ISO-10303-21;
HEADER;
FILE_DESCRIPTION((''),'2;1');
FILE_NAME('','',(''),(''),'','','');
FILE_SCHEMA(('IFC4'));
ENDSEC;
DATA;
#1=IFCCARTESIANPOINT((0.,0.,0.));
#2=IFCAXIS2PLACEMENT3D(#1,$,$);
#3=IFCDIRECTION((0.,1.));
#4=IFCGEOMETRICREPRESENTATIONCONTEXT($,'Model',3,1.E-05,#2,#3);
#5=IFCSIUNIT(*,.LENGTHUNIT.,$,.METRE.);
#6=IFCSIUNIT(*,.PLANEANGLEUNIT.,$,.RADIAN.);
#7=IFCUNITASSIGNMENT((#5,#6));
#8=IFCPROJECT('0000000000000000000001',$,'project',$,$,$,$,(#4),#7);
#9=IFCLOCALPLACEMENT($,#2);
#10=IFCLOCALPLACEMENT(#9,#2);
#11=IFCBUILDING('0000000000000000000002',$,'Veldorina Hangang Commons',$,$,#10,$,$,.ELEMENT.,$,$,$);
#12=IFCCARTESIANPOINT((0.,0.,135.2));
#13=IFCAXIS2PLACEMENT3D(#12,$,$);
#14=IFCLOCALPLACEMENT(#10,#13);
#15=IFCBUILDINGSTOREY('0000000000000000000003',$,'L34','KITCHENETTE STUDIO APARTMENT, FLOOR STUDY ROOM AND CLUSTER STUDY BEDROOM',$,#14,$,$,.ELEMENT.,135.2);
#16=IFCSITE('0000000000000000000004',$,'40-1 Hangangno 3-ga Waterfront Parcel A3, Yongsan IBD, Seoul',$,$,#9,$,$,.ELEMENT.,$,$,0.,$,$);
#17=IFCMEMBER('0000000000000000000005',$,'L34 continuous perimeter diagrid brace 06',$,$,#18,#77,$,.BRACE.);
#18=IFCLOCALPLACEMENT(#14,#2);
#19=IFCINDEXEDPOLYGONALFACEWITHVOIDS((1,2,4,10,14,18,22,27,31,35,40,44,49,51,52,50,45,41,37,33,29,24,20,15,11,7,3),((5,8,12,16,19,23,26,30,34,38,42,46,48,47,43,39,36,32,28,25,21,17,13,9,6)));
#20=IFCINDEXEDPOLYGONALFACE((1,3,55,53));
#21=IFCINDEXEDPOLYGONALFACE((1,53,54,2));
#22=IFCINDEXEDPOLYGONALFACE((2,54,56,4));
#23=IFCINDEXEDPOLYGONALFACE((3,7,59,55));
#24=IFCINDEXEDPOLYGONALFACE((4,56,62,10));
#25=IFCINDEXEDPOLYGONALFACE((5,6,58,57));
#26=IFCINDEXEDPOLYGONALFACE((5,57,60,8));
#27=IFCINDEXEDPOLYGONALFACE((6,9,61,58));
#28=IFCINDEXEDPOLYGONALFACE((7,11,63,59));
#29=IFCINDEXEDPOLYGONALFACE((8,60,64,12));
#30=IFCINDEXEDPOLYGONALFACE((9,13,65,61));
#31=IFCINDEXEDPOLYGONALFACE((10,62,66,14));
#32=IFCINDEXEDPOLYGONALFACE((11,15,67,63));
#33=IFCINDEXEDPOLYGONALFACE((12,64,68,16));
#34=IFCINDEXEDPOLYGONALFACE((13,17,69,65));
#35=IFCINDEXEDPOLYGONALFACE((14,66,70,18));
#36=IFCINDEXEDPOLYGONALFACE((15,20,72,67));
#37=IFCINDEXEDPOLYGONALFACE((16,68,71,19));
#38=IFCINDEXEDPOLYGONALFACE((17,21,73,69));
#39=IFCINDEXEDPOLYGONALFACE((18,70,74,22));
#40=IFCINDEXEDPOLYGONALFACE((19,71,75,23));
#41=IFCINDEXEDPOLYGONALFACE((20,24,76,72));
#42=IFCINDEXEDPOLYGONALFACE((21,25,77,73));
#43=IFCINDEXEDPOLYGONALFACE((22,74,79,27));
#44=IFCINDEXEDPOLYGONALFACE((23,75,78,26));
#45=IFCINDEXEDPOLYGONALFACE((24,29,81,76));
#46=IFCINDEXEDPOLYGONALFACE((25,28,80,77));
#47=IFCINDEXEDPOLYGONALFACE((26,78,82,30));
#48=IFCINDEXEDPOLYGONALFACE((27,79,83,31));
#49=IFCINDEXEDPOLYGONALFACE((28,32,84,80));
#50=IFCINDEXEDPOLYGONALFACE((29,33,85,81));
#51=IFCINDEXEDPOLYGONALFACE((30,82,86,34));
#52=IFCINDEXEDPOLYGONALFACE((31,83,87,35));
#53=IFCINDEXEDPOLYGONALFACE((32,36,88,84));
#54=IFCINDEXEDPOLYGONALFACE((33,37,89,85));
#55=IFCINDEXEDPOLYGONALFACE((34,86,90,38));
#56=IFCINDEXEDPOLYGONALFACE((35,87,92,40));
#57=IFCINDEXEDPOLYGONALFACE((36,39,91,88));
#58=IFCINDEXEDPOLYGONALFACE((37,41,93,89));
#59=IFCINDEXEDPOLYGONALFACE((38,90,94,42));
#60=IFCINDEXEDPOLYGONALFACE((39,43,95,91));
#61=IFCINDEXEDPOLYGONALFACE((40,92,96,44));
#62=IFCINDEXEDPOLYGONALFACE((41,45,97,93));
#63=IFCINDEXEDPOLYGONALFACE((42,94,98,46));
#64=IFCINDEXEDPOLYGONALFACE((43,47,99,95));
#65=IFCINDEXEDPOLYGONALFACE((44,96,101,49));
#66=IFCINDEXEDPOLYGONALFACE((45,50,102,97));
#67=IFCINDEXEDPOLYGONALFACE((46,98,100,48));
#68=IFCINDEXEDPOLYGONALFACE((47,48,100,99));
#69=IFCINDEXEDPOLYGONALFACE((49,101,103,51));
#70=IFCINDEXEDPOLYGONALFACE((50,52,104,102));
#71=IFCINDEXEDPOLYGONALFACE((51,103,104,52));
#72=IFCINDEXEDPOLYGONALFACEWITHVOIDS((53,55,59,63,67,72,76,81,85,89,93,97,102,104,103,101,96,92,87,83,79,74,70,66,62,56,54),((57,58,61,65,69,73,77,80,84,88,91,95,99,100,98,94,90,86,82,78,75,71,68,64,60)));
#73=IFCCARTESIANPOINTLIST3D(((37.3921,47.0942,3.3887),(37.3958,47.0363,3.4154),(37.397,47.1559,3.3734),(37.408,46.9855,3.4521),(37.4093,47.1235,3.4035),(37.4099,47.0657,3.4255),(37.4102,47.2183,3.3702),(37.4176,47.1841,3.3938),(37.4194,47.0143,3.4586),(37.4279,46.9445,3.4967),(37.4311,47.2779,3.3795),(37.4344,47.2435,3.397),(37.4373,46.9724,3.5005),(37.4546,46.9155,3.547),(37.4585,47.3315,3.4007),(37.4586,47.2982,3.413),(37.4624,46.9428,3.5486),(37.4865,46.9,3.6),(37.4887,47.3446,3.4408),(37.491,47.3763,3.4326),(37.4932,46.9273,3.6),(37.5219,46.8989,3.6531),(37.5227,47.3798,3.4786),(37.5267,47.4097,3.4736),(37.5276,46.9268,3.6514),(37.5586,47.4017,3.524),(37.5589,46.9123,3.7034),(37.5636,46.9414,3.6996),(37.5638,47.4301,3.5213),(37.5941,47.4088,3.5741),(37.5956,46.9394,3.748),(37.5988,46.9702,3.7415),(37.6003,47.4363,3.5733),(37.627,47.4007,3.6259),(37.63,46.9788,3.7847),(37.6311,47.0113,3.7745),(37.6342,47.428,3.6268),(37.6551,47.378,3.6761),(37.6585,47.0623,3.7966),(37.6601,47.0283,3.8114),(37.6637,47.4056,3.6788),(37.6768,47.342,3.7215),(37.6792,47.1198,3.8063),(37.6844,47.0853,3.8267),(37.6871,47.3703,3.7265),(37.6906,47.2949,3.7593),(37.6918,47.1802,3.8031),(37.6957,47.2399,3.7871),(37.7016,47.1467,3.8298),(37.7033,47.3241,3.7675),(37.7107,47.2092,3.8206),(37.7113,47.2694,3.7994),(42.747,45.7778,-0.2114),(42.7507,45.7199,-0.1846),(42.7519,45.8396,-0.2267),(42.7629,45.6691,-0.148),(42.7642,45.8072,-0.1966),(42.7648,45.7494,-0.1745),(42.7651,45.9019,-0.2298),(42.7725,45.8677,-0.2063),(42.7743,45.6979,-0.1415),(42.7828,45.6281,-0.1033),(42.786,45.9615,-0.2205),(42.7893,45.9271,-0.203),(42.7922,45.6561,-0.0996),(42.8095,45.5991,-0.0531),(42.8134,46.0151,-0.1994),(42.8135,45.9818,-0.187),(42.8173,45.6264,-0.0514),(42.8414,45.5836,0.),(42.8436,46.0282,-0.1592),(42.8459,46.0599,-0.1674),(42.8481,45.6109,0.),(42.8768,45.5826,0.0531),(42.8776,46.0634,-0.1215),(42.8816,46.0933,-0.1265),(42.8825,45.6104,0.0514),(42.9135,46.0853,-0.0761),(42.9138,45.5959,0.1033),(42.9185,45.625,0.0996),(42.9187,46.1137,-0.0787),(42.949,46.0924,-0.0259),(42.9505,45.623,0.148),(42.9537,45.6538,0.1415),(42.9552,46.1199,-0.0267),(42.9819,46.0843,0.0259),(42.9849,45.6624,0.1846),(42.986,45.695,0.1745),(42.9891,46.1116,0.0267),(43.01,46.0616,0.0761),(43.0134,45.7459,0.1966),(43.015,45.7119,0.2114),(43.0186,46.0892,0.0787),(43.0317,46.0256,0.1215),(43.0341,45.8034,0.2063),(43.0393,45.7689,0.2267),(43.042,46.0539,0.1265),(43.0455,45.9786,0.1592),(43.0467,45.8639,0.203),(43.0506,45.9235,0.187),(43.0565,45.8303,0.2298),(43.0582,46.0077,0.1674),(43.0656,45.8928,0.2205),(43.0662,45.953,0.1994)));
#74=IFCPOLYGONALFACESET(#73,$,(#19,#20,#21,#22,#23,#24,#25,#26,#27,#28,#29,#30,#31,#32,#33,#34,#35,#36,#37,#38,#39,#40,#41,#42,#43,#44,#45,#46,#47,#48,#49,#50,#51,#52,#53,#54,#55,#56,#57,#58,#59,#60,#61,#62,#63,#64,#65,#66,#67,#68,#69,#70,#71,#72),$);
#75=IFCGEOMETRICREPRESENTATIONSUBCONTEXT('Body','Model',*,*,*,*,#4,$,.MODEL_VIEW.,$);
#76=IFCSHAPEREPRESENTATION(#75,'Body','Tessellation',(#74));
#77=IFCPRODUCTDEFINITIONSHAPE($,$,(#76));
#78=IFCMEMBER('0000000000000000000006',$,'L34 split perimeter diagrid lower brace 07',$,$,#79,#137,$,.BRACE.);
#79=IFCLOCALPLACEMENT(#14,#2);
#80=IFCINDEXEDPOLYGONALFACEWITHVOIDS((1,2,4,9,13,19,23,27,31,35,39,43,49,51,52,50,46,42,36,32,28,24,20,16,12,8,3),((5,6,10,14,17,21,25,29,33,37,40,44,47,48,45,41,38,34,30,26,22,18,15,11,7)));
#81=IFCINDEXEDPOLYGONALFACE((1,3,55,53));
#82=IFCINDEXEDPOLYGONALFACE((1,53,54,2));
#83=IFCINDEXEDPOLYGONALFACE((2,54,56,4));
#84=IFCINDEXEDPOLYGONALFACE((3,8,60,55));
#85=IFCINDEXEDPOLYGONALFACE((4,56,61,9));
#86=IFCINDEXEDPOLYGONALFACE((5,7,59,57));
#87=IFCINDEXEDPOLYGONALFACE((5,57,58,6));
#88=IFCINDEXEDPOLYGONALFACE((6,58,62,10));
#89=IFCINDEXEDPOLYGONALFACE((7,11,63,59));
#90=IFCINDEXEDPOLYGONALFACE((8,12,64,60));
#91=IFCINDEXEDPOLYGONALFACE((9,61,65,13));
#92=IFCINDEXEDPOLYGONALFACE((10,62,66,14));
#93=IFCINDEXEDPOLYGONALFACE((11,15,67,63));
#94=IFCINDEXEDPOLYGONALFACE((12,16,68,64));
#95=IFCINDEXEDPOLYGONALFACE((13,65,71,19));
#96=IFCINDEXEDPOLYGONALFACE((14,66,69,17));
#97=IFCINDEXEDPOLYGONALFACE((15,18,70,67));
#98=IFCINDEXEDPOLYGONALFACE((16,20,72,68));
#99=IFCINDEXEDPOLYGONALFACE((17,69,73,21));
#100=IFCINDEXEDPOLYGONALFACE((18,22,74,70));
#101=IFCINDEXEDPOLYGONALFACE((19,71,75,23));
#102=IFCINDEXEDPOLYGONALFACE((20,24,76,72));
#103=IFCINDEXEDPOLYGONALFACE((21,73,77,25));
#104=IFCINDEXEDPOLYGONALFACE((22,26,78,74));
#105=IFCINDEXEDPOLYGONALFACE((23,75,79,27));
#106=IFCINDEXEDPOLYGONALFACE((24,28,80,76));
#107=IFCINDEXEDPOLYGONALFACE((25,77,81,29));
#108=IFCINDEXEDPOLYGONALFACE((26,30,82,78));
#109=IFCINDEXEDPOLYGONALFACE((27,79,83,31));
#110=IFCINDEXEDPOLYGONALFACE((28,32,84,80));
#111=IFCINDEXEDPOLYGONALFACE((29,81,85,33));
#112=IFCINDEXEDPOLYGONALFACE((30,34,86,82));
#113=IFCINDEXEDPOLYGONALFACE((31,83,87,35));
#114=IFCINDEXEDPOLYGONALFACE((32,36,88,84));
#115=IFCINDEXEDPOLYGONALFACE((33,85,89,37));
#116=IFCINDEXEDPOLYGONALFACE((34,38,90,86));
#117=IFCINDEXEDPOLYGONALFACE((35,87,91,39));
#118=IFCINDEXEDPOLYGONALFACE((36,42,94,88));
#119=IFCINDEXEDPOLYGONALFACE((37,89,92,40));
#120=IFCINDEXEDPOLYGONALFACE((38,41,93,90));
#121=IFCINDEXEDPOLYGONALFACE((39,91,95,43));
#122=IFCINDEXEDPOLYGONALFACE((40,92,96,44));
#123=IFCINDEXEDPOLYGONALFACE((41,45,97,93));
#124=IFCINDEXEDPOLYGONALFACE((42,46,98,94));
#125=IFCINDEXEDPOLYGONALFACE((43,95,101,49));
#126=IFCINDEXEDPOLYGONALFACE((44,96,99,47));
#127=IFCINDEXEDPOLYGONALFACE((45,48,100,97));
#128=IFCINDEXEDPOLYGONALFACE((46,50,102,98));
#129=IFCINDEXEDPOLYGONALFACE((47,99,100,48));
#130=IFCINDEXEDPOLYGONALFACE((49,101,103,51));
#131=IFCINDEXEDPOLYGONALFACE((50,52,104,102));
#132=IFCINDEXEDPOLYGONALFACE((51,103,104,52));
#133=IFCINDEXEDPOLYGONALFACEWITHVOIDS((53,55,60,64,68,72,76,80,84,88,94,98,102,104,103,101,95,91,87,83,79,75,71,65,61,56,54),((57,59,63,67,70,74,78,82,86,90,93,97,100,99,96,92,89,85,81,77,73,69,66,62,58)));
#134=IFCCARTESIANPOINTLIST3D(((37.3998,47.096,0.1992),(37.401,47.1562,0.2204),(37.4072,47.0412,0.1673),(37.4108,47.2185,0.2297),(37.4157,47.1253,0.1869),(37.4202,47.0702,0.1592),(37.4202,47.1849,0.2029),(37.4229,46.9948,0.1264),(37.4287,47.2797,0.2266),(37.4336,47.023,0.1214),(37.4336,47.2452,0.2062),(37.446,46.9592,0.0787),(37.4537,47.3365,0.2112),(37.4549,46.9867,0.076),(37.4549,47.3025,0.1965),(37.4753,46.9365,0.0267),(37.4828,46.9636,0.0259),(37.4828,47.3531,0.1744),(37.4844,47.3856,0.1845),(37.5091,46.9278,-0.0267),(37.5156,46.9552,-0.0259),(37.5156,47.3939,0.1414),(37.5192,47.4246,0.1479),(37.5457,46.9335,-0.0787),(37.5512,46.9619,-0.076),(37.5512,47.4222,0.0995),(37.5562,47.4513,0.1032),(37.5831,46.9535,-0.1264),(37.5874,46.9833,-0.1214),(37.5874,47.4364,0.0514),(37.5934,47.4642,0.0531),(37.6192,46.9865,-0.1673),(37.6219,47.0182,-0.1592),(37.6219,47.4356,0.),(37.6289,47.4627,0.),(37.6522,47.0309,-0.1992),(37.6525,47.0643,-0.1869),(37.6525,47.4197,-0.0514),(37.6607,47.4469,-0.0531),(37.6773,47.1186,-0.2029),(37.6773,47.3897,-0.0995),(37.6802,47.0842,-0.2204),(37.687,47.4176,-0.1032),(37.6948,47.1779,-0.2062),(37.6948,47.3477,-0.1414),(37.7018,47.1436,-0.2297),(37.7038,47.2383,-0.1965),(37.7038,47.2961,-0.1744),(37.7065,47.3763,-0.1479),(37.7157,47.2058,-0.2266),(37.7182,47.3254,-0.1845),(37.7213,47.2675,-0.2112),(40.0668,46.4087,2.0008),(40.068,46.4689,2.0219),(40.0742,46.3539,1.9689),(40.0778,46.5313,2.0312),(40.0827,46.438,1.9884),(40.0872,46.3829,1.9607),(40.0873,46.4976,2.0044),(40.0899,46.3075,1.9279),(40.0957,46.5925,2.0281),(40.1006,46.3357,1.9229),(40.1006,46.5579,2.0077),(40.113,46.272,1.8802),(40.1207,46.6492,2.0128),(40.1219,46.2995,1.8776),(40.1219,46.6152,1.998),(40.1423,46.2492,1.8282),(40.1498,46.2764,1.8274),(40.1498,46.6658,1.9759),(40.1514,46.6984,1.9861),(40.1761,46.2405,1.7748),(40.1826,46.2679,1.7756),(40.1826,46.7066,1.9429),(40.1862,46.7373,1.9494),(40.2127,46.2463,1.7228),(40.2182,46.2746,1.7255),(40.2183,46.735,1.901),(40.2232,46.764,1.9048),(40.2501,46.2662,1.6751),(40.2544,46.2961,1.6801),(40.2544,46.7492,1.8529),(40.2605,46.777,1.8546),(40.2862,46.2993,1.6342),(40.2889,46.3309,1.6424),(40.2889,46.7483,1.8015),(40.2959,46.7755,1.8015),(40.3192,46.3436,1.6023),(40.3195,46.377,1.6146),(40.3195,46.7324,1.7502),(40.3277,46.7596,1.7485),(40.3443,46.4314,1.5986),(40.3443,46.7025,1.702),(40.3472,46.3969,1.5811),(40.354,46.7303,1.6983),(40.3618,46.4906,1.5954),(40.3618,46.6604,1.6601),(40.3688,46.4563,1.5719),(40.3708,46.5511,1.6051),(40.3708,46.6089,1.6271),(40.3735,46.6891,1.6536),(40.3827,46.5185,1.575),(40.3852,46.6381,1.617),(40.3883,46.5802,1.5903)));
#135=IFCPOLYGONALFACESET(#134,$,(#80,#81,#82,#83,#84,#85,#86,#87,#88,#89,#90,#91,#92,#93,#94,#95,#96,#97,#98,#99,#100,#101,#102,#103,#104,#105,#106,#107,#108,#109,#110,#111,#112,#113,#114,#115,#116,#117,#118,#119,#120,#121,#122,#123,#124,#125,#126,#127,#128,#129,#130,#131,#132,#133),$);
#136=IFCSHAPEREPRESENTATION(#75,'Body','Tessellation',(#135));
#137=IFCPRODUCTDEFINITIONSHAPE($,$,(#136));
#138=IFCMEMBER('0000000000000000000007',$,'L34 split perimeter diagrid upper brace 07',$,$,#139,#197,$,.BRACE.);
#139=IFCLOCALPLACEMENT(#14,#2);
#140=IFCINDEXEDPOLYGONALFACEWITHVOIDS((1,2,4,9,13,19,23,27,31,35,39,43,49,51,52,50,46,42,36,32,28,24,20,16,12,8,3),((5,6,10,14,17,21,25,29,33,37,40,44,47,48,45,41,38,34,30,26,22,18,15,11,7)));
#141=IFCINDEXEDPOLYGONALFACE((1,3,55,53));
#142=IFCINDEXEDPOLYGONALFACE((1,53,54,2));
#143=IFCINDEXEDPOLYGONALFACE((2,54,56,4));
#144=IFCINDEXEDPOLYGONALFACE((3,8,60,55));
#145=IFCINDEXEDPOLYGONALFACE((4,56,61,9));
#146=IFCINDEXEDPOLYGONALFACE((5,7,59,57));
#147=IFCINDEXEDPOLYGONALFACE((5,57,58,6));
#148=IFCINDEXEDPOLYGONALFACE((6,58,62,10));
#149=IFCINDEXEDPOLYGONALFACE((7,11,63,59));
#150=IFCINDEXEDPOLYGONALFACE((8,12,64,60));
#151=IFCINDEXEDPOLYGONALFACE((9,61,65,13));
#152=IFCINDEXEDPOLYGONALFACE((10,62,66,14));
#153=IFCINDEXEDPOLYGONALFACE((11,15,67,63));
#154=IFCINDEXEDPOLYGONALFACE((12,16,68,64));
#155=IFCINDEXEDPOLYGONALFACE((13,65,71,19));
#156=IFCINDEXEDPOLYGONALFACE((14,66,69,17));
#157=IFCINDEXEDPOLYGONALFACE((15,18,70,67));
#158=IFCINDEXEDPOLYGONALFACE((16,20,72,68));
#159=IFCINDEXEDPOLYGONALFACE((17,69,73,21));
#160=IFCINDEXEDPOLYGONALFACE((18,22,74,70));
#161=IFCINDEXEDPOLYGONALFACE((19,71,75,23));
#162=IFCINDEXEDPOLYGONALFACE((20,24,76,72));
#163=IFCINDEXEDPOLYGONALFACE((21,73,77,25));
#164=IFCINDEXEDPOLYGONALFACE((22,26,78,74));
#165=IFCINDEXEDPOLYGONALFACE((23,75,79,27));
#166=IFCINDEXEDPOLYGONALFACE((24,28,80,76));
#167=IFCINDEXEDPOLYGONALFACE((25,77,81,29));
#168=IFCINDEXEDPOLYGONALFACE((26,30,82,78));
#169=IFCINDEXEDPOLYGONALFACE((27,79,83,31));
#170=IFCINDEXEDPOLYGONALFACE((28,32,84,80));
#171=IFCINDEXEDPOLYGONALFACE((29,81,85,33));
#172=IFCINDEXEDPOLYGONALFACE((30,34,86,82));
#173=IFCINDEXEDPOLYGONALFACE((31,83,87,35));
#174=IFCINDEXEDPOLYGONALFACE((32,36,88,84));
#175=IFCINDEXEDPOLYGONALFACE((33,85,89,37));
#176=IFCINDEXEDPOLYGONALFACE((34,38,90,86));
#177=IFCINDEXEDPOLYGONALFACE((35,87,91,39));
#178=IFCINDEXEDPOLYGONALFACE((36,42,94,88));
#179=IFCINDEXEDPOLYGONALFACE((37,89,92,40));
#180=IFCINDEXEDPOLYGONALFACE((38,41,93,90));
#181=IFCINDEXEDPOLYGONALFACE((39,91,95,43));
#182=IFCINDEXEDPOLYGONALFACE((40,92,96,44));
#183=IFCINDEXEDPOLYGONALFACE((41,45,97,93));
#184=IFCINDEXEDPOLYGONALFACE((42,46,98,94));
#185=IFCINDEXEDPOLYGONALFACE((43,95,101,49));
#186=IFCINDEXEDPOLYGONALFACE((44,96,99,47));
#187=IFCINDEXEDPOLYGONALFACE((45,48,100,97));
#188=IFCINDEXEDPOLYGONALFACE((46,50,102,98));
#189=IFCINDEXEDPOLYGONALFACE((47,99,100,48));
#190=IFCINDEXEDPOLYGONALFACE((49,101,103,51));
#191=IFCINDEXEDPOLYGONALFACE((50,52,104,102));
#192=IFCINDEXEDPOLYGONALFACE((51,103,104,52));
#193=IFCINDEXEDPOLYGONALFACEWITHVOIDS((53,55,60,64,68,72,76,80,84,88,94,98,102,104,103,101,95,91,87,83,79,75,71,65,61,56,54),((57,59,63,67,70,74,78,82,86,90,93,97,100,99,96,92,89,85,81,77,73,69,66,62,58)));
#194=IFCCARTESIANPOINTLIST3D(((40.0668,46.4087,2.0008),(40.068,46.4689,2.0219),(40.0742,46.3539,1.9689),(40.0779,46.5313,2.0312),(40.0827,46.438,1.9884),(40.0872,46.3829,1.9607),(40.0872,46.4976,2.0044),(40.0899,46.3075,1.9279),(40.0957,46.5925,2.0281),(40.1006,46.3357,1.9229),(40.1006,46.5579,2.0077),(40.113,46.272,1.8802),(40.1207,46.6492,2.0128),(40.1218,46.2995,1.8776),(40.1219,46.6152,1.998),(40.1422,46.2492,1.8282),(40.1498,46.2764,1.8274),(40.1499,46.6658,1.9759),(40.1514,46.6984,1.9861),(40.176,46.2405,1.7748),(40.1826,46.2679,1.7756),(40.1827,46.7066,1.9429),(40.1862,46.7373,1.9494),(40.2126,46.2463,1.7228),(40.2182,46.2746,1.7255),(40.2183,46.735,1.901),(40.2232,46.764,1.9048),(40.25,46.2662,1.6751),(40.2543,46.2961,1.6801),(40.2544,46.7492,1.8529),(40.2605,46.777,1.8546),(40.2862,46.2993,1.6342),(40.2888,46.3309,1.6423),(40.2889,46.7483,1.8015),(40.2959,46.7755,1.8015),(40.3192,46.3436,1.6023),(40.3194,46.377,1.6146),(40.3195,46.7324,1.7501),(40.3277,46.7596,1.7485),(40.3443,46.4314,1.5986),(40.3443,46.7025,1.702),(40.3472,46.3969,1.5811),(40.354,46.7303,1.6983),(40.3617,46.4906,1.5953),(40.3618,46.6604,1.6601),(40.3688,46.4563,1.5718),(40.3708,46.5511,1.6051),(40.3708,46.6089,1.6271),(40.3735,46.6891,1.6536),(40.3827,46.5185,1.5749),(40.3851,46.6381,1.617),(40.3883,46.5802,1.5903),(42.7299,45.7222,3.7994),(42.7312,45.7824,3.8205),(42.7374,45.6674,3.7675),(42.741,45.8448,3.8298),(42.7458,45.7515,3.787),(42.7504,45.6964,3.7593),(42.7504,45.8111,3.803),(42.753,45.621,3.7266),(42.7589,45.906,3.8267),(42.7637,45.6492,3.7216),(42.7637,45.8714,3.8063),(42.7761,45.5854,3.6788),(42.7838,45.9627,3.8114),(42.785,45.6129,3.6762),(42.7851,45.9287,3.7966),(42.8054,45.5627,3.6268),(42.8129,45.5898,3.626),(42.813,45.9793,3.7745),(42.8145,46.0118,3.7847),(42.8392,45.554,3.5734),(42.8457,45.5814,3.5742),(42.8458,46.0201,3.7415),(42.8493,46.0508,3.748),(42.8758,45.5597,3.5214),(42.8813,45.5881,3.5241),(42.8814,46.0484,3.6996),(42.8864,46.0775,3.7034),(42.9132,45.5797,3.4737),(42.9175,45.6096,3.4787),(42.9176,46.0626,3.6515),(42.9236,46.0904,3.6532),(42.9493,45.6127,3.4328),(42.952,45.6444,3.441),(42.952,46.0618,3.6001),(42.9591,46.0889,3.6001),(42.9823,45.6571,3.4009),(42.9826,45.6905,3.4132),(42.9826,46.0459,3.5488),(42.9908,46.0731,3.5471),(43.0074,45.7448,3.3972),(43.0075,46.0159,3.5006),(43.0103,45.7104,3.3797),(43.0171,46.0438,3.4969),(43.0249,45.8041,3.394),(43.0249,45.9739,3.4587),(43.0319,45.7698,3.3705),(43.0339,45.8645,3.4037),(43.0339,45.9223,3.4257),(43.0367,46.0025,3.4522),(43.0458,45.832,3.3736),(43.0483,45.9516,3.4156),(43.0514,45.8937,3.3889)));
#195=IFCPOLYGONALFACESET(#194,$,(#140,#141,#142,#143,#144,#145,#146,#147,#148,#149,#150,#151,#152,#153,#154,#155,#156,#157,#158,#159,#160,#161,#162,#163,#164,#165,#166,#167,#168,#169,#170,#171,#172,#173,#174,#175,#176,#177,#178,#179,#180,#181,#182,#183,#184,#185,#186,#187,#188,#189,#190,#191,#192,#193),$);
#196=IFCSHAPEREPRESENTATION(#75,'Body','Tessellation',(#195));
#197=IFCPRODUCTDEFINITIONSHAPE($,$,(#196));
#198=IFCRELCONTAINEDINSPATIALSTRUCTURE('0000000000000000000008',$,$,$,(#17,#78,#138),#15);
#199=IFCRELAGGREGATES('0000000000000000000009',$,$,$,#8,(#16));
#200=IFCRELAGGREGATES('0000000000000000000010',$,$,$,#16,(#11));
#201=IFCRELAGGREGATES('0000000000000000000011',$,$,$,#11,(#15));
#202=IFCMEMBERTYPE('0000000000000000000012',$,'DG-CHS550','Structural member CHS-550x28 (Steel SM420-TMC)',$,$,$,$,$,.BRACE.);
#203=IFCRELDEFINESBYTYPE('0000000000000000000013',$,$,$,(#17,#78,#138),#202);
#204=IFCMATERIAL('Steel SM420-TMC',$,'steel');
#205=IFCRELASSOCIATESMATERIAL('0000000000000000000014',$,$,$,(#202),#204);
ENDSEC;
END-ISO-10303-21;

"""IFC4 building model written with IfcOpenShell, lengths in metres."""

from ifc_helpers import new_model, si_unit, direction, frame, origin, origin_2d, place, context, subcontext, project, spatial, hollow_circle, extrude, material, material_profile, profile_set, type_object, element, save


model = new_model("IFC4")

# Units and contexts
model_context = context("Model", 3, precision=1e-05, world=origin(), true_north=direction((0.0, 1.0)))
body_context = subcontext(model_context, "Body", "Model", "MODEL_VIEW")
ifc_project = project(units=[si_unit("LENGTHUNIT", "METRE"), si_unit("PLANEANGLEUNIT", "RADIAN")], contexts=[model_context])

# Site, building, storey
site_placement = place(None, origin())
site = spatial("IfcSite", under=ifc_project, at=site_placement, Name="40-1 Hangangno 3-ga Waterfront Parcel A3, Yongsan IBD, Seoul", CompositionType="ELEMENT", RefElevation=0.0)
building_placement = place(site_placement, origin())
building = spatial("IfcBuilding", under=site, at=building_placement, Name="Veldorina Hangang Commons", CompositionType="ELEMENT")
storey_placement = place(building_placement, frame((0.0, 0.0, 135.2)))
storey = spatial("IfcBuildingStorey", under=building, at=storey_placement, Name="L34", Description="KITCHENETTE STUDIO APARTMENT, FLOOR STUDY ROOM AND CLUSTER STUDY BEDROOM", CompositionType="ELEMENT", Elevation=135.2)

# Shared definitions
ifc_material_1 = material(Name="Steel SM420-TMC", Category="steel")

# Members
ifc_material_profile_1 = material_profile(ifc_material_1, hollow_circle(Radius=0.2749, WallThickness=0.0281, at=origin_2d()), Name="CHS-550x28")
ifc_profile_set_1 = profile_set([ifc_material_profile_1], Name="Steel SM420-TMC")
member_type = type_object("IfcMemberType", Name="DG-CHS550", Description="Structural member CHS-550x28 (Steel SM420-TMC)", PredefinedType="BRACE", material=ifc_profile_set_1)
member_1_placement = place(storey_placement, frame((42.907, 45.8506, 0.0), z_axis=(-0.813141, 0.199893, 0.546666), x_axis=(-0.238721, -0.971088, 0.0)))
element("IfcMember", 1, at=member_1_placement, inside=storey, type_object=member_type, Name="L34 continuous perimeter diagrid brace 06", PredefinedType="BRACE", context=body_context, shape_type="SweptSolid", body=[
    extrude(hollow_circle(Radius=0.2749, WallThickness=0.0281, at=origin_2d()), origin(), (0.0, 0.0, 1.0), 6.5854),
])
member_2_placement = place(storey_placement, frame((37.5603, 47.1965, 0.0), z_axis=(0.810392, -0.208829, 0.547408), x_axis=(0.249538, 0.968365, 0.0)))
element("IfcMember", 2, at=member_2_placement, inside=storey, type_object=member_type, Name="L34 split perimeter diagrid lower brace 07", PredefinedType="BRACE", context=body_context, shape_type="SweptSolid", body=[
    extrude(hollow_circle(Radius=0.2749, WallThickness=0.0281, at=origin_2d()), origin(), (0.0, 0.0, 1.0), 3.291),
])
member_3_placement = place(storey_placement, frame((40.2273, 46.5093, 1.8015), z_axis=(0.810417, -0.208919, 0.547336), x_axis=(0.249631, 0.968341, 0.0)))
element("IfcMember", 3, at=member_3_placement, inside=storey, type_object=member_type, Name="L34 split perimeter diagrid upper brace 07", PredefinedType="BRACE", context=body_context, shape_type="SweptSolid", body=[
    extrude(hollow_circle(Radius=0.2749, WallThickness=0.0281, at=origin_2d()), origin(), (0.0, 0.0, 1.0), 3.2861),
])

save(model, "model.ifc")
